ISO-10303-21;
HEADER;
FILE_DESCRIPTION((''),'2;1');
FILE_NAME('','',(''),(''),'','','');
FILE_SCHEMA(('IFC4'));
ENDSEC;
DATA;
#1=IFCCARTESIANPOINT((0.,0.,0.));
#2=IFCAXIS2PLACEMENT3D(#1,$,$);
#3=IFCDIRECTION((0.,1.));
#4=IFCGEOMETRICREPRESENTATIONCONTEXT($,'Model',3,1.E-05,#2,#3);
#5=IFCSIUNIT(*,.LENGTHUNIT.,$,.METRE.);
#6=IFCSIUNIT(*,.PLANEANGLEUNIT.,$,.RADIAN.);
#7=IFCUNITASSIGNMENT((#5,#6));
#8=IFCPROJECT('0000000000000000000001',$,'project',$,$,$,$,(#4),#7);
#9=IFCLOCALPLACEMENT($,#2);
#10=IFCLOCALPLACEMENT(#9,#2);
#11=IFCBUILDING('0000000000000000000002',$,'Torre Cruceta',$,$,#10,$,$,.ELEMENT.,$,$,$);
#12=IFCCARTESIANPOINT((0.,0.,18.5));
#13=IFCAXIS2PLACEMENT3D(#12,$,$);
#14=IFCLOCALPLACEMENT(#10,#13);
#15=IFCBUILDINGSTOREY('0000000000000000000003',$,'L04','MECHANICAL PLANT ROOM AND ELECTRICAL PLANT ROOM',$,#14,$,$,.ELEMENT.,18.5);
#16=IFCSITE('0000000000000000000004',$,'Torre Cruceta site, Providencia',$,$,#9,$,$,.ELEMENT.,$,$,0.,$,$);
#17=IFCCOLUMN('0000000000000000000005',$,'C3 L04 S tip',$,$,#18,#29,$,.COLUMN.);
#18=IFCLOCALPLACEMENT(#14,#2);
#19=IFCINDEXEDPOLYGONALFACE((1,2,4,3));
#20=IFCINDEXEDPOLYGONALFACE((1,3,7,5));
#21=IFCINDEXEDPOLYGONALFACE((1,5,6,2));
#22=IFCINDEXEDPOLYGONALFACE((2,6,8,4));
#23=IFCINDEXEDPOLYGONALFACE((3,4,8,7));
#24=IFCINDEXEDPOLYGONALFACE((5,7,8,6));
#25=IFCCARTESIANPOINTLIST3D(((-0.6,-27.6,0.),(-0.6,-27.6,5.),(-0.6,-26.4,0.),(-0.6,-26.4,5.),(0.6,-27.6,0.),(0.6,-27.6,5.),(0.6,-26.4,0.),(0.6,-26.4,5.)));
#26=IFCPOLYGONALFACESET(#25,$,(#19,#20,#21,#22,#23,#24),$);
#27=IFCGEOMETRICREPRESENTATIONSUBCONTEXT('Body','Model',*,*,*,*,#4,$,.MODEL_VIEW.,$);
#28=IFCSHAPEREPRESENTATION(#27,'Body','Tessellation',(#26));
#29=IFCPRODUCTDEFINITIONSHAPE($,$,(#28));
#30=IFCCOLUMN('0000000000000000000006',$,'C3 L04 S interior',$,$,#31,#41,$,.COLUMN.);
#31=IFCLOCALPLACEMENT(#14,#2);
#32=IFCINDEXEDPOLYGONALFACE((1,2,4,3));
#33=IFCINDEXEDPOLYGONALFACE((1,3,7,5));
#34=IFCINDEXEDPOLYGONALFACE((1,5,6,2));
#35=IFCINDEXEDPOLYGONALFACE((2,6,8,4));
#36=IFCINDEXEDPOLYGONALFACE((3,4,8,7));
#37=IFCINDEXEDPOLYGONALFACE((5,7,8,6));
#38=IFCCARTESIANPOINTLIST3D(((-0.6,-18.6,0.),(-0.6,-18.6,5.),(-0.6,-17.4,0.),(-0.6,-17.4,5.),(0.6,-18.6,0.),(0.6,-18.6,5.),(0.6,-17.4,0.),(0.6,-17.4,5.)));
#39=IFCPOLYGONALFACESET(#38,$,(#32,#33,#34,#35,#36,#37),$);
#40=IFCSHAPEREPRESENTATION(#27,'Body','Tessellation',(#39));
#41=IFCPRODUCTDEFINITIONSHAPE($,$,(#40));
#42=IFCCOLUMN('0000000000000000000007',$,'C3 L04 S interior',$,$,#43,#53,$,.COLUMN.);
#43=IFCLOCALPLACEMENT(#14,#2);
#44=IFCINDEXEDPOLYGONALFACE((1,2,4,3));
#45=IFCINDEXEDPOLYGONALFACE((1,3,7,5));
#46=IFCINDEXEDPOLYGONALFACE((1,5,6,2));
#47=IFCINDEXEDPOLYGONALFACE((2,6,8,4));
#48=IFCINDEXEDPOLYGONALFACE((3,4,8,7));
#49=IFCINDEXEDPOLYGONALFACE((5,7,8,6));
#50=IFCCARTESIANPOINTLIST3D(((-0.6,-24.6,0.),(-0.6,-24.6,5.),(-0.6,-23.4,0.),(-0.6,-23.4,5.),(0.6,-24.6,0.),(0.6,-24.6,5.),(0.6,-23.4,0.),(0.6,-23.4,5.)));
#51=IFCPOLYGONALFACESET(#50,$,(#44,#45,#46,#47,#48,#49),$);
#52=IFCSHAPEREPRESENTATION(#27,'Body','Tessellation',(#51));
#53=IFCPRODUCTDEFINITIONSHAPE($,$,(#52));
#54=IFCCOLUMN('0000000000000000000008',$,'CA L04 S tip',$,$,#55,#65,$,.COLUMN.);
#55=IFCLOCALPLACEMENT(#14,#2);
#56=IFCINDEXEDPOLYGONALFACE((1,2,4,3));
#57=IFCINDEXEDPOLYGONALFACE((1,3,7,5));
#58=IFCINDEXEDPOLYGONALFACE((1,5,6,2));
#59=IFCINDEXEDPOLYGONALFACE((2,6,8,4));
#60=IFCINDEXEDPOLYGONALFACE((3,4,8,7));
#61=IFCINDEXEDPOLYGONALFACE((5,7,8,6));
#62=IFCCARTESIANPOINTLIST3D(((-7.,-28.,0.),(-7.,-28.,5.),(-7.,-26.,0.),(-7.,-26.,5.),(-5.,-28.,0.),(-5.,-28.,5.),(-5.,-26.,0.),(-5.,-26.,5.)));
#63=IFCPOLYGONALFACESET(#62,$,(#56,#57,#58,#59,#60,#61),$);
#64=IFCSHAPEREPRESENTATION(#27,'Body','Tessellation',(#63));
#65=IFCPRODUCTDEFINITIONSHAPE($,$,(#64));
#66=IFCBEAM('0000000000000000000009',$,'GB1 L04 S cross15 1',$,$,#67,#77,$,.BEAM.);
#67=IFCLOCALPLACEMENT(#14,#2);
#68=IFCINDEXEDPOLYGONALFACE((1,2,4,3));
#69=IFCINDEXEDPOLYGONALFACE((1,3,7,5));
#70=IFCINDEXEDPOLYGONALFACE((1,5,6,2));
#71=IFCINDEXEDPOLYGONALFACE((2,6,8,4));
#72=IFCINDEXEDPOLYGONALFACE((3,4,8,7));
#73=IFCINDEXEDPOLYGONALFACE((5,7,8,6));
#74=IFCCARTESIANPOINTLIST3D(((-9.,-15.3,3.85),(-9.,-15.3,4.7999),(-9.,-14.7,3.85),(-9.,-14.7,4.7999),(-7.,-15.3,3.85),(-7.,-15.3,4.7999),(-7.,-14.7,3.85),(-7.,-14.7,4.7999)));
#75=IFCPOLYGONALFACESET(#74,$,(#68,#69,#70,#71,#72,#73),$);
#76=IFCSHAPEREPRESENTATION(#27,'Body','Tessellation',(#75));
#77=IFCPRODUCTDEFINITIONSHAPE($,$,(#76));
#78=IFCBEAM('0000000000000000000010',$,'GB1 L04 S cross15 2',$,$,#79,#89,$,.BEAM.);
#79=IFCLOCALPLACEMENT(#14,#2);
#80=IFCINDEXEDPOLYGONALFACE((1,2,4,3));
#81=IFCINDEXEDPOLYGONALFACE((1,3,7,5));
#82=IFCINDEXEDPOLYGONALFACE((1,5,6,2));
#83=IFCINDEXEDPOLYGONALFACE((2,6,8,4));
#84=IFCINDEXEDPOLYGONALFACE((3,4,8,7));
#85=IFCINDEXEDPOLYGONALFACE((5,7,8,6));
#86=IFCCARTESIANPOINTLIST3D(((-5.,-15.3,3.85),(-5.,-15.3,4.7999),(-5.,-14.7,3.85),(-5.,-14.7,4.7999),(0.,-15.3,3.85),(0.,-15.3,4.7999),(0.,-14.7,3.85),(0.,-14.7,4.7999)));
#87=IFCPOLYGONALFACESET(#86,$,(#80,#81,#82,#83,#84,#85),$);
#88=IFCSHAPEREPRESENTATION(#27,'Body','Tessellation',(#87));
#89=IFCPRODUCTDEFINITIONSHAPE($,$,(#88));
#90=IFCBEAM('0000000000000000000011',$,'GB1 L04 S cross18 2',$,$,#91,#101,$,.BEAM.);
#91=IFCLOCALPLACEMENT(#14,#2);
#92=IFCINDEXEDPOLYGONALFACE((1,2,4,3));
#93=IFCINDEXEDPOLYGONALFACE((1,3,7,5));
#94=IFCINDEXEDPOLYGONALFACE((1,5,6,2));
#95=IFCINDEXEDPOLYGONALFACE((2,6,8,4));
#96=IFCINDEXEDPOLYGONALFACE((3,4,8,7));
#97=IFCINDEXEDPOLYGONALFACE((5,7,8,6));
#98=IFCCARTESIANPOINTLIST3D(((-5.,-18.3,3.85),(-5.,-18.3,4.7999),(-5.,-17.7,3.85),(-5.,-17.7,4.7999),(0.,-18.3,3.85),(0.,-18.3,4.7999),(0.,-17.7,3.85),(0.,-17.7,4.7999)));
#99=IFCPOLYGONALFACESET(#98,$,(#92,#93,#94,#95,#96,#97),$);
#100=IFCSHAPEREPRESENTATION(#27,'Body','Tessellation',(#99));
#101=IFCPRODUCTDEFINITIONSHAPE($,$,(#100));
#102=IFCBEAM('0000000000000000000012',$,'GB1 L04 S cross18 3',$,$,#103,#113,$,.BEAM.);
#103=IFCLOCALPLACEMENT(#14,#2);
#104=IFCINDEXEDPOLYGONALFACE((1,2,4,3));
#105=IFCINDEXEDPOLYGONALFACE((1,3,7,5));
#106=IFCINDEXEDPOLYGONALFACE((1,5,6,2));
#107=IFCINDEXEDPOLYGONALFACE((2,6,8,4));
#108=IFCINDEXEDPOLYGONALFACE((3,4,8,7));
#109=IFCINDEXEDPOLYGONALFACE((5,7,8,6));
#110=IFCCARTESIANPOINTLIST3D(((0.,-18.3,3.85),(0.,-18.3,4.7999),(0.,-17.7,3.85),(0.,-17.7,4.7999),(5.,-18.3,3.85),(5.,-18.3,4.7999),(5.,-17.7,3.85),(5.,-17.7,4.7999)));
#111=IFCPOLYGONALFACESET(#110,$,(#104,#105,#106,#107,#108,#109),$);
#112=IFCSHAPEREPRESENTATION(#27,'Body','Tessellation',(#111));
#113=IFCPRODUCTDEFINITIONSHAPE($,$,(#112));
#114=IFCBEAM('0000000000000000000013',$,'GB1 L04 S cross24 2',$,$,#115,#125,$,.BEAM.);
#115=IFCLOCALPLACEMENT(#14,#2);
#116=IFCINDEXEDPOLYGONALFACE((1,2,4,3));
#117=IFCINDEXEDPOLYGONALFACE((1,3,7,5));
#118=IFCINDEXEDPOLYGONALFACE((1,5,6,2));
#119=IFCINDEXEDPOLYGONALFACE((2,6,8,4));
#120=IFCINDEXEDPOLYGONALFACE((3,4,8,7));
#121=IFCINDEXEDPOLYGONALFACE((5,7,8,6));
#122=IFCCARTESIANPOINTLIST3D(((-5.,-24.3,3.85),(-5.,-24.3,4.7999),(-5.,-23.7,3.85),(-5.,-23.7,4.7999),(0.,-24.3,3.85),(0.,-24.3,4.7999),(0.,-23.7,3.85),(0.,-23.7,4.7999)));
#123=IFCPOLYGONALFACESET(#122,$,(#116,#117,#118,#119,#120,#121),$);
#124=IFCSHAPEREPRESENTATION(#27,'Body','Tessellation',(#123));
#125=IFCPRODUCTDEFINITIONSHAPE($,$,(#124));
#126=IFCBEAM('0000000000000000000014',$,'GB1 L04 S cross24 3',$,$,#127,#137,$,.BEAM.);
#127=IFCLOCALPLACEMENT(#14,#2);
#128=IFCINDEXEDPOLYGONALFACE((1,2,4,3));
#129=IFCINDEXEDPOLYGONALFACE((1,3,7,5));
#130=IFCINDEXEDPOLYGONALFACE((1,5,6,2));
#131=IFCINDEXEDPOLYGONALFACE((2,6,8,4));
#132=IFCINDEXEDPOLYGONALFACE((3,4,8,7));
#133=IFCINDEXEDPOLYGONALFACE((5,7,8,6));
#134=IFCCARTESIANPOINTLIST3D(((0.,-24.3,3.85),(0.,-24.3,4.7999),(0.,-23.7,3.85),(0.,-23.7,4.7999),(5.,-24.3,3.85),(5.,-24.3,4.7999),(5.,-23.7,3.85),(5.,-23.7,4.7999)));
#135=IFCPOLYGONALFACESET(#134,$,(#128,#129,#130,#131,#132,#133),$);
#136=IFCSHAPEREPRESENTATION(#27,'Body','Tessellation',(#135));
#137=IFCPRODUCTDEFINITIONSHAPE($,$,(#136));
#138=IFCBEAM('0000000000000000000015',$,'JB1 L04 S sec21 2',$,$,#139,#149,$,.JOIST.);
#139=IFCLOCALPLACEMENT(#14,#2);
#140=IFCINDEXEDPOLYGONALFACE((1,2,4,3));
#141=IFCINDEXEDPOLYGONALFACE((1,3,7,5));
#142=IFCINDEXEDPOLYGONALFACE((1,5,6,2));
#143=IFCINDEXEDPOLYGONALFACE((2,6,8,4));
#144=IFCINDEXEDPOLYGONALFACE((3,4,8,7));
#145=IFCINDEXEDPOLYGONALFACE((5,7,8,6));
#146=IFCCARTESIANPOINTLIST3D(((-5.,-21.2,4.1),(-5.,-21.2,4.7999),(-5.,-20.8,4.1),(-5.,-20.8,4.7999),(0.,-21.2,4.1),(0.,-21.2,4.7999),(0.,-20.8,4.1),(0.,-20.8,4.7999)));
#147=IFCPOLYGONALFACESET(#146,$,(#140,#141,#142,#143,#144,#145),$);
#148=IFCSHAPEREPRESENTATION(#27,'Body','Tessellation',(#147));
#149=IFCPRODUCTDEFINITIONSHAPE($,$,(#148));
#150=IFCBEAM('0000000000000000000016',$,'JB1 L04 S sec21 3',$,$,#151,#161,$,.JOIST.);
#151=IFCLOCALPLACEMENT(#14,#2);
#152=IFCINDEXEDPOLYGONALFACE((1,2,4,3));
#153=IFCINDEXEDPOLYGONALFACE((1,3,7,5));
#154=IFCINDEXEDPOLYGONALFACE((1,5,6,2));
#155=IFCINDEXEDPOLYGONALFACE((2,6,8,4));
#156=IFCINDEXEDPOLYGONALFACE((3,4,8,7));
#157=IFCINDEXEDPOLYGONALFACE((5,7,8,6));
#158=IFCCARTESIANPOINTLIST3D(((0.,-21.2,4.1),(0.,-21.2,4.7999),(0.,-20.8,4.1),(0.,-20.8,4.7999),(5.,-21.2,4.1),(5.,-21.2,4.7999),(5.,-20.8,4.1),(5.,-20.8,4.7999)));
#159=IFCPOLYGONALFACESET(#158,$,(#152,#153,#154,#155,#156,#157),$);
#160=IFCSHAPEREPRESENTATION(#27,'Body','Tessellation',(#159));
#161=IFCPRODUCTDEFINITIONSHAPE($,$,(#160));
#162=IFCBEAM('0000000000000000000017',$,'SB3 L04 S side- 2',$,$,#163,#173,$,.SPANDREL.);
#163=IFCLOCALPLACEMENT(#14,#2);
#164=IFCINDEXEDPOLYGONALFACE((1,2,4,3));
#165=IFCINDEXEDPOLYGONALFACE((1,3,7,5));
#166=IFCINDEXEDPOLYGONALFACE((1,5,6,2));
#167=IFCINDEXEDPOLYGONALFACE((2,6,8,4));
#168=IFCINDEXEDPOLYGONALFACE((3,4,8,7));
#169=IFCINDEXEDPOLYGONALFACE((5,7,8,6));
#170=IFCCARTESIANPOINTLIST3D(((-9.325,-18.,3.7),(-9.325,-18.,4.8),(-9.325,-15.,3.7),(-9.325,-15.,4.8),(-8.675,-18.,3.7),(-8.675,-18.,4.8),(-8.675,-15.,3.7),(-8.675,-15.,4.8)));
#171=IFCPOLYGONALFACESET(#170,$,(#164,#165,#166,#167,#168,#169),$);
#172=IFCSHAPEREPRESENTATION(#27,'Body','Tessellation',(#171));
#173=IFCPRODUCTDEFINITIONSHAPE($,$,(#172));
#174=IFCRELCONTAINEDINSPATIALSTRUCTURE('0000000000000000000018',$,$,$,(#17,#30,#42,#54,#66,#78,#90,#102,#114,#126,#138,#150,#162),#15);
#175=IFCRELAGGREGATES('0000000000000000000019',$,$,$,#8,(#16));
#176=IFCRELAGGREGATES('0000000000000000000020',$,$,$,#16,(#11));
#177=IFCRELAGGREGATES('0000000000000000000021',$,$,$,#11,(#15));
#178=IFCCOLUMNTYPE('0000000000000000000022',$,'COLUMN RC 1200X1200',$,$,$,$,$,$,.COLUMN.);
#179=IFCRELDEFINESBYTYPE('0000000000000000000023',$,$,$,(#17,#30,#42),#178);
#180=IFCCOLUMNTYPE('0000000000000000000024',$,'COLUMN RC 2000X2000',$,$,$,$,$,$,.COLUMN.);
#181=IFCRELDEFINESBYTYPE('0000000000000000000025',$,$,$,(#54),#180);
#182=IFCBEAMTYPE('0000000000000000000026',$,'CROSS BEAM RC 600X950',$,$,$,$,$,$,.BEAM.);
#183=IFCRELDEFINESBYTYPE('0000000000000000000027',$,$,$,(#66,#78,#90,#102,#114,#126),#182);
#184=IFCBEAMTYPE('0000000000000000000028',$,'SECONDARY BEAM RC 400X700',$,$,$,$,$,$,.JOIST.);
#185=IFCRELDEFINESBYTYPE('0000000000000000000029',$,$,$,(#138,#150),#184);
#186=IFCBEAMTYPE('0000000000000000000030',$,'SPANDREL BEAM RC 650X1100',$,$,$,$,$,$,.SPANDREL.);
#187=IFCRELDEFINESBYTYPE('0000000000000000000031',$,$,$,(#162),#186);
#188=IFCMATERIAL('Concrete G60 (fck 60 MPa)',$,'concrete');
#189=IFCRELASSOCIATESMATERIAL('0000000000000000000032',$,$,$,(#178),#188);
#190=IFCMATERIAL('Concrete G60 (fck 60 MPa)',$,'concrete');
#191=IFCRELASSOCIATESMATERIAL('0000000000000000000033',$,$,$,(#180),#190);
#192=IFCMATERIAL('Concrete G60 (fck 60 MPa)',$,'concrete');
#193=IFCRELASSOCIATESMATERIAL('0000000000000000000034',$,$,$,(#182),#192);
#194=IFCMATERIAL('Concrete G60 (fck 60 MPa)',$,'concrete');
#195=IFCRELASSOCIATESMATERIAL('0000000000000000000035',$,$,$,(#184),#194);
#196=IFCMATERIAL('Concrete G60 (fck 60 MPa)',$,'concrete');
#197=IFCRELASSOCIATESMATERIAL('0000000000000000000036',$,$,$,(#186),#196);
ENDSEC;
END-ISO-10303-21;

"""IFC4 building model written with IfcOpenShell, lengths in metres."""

from ifc_helpers import new_model, si_unit, direction, frame, origin, origin_2d, place, context, subcontext, project, spatial, rectangle, extrude, material, material_profile, profile_set, type_object, element, save


model = new_model("IFC4")

# Units and contexts
model_context = context("Model", 3, precision=1e-05, world=origin(), true_north=direction((0.0, 1.0)))
body_context = subcontext(model_context, "Body", "Model", "MODEL_VIEW")
ifc_project = project(units=[si_unit("LENGTHUNIT", "METRE"), si_unit("PLANEANGLEUNIT", "RADIAN")], contexts=[model_context])

# Site, building, storey
site_placement = place(None, origin())
site = spatial("IfcSite", under=ifc_project, at=site_placement, Name="Torre Cruceta site, Providencia", CompositionType="ELEMENT", RefElevation=0.0)
building_placement = place(site_placement, origin())
building = spatial("IfcBuilding", under=site, at=building_placement, Name="Torre Cruceta", CompositionType="ELEMENT")
storey_placement = place(building_placement, frame((0.0, 0.0, 18.5)))
storey = spatial("IfcBuildingStorey", under=building, at=storey_placement, Name="L04", Description="MECHANICAL PLANT ROOM AND ELECTRICAL PLANT ROOM", CompositionType="ELEMENT", Elevation=18.5)

# Columns
ifc_material_1 = material(Name="Concrete G60 (fck 60 MPa)", Category="concrete")
ifc_material_profile_1 = material_profile(ifc_material_1, rectangle(XDim=1.2, YDim=1.2, at=origin_2d()), Name="RC 1200X1200")
ifc_profile_set_1 = profile_set([ifc_material_profile_1], Name="Concrete G60 (fck 60 MPa)")
column_type_1 = type_object("IfcColumnType", Name="COLUMN RC 1200X1200", PredefinedType="COLUMN", material=ifc_profile_set_1)
for number, where, z_axis, x_axis, name in (
    (1, (0.0, -27.0, 0.0), (0.0, 0.0, 1.0), (1.0, 0.0, 0.0), "C3 L04 S tip"),
    (2, (0.0, -18.0, 0.0), (0.0, 0.0, 1.0), (1.0, 0.0, 0.0), "C3 L04 S interior"),
    (3, (0.0, -24.0, 0.0), (0.0, 0.0, 1.0), (1.0, 0.0, 0.0), "C3 L04 S interior"),
):
    element("IfcColumn", number, at=place(storey_placement, frame(where, z_axis=z_axis, x_axis=x_axis)), inside=storey, type_object=column_type_1, Name=name, PredefinedType="COLUMN", context=body_context, shape_type="SweptSolid", body=[
        extrude(rectangle(XDim=1.2, YDim=1.2, at=origin_2d()), origin(), (0.0, 0.0, 1.0), 5.0),
    ])
ifc_material_2 = material(Name="Concrete G60 (fck 60 MPa)", Category="concrete")
ifc_material_profile_2 = material_profile(ifc_material_2, rectangle(XDim=2.0, YDim=2.0, at=origin_2d()), Name="RC 2000X2000")
ifc_profile_set_2 = profile_set([ifc_material_profile_2], Name="Concrete G60 (fck 60 MPa)")
column_type_2 = type_object("IfcColumnType", Name="COLUMN RC 2000X2000", PredefinedType="COLUMN", material=ifc_profile_set_2)
column_placement = place(storey_placement, frame((-6.0, -27.0, 0.0), z_axis=(0.0, 0.0, 1.0), x_axis=(1.0, 0.0, 0.0)))
element("IfcColumn", 4, at=column_placement, inside=storey, type_object=column_type_2, Name="CA L04 S tip", PredefinedType="COLUMN", context=body_context, shape_type="SweptSolid", body=[
    extrude(rectangle(XDim=2.0, YDim=2.0, at=origin_2d()), origin(), (0.0, 0.0, 1.0), 5.0),
])

# Beams
ifc_material_3 = material(Name="Concrete G60 (fck 60 MPa)", Category="concrete")
ifc_material_profile_3 = material_profile(ifc_material_3, rectangle(XDim=0.6001, YDim=0.95, at=origin_2d()), Name="RC 600X950")
ifc_profile_set_3 = profile_set([ifc_material_profile_3], Name="Concrete G60 (fck 60 MPa)")
beam_type_1 = type_object("IfcBeamType", Name="CROSS BEAM RC 600X950", PredefinedType="BEAM", material=ifc_profile_set_3)
beam_1_placement = place(storey_placement, frame((-9.0, -15.0, 4.325), z_axis=(1.0, 0.0, 0.0), x_axis=(0.0, 1.0, 0.0)))
element("IfcBeam", 5, at=beam_1_placement, inside=storey, type_object=beam_type_1, Name="GB1 L04 S cross15 1", PredefinedType="BEAM", context=body_context, shape_type="SweptSolid", body=[
    extrude(rectangle(XDim=0.6001, YDim=0.95, at=origin_2d()), origin(), (0.0, 0.0, 1.0), 2.0),
])
for number, where, z_axis, x_axis, name in (
    (6, (-5.0, -15.0, 4.325), (1.0, 0.0, 0.0), (0.0, 1.0, 0.0), "GB1 L04 S cross15 2"),
    (7, (-5.0, -18.0, 4.325), (1.0, 0.0, 0.0), (0.0, 1.0, 0.0), "GB1 L04 S cross18 2"),
    (8, (0.0, -18.0, 4.325), (1.0, 0.0, 0.0), (0.0, 1.0, 0.0), "GB1 L04 S cross18 3"),
    (9, (-5.0, -24.0, 4.325), (1.0, 0.0, 0.0), (0.0, 1.0, 0.0), "GB1 L04 S cross24 2"),
    (10, (0.0, -24.0, 4.325), (1.0, 0.0, 0.0), (0.0, 1.0, 0.0), "GB1 L04 S cross24 3"),
):
    element("IfcBeam", number, at=place(storey_placement, frame(where, z_axis=z_axis, x_axis=x_axis)), inside=storey, type_object=beam_type_1, Name=name, PredefinedType="BEAM", context=body_context, shape_type="SweptSolid", body=[
        extrude(rectangle(XDim=0.6001, YDim=0.95, at=origin_2d()), origin(), (0.0, 0.0, 1.0), 5.0),
    ])
ifc_material_4 = material(Name="Concrete G60 (fck 60 MPa)", Category="concrete")
ifc_material_profile_4 = material_profile(ifc_material_4, rectangle(XDim=0.3999, YDim=0.7, at=origin_2d()), Name="RC 400X700")
ifc_profile_set_4 = profile_set([ifc_material_profile_4], Name="Concrete G60 (fck 60 MPa)")
beam_type_2 = type_object("IfcBeamType", Name="SECONDARY BEAM RC 400X700", PredefinedType="JOIST", material=ifc_profile_set_4)
for number, where, z_axis, x_axis, name in (
    (11, (-5.0, -21.0, 4.45), (1.0, 0.0, 0.0), (0.0, 1.0, 0.0), "JB1 L04 S sec21 2"),
    (12, (0.0, -21.0, 4.45), (1.0, 0.0, 0.0), (0.0, 1.0, 0.0), "JB1 L04 S sec21 3"),
):
    element("IfcBeam", number, at=place(storey_placement, frame(where, z_axis=z_axis, x_axis=x_axis)), inside=storey, type_object=beam_type_2, Name=name, PredefinedType="JOIST", context=body_context, shape_type="SweptSolid", body=[
        extrude(rectangle(XDim=0.3999, YDim=0.7, at=origin_2d()), origin(), (0.0, 0.0, 1.0), 5.0),
    ])
ifc_material_5 = material(Name="Concrete G60 (fck 60 MPa)", Category="concrete")
ifc_material_profile_5 = material_profile(ifc_material_5, rectangle(XDim=0.6499, YDim=1.1001, at=origin_2d()), Name="RC 650X1100")
ifc_profile_set_5 = profile_set([ifc_material_profile_5], Name="Concrete G60 (fck 60 MPa)")
beam_type_3 = type_object("IfcBeamType", Name="SPANDREL BEAM RC 650X1100", PredefinedType="SPANDREL", material=ifc_profile_set_5)
beam_2_placement = place(storey_placement, frame((-9.0, -15.0, 4.25), z_axis=(0.0, -1.0, 0.0), x_axis=(1.0, 0.0, 0.0)))
element("IfcBeam", 13, at=beam_2_placement, inside=storey, type_object=beam_type_3, Name="SB3 L04 S side- 2", PredefinedType="SPANDREL", context=body_context, shape_type="SweptSolid", body=[
    extrude(rectangle(XDim=0.6499, YDim=1.1001, at=origin_2d()), origin(), (0.0, 0.0, 1.0), 3.0),
])

save(model, "model.ifc")
